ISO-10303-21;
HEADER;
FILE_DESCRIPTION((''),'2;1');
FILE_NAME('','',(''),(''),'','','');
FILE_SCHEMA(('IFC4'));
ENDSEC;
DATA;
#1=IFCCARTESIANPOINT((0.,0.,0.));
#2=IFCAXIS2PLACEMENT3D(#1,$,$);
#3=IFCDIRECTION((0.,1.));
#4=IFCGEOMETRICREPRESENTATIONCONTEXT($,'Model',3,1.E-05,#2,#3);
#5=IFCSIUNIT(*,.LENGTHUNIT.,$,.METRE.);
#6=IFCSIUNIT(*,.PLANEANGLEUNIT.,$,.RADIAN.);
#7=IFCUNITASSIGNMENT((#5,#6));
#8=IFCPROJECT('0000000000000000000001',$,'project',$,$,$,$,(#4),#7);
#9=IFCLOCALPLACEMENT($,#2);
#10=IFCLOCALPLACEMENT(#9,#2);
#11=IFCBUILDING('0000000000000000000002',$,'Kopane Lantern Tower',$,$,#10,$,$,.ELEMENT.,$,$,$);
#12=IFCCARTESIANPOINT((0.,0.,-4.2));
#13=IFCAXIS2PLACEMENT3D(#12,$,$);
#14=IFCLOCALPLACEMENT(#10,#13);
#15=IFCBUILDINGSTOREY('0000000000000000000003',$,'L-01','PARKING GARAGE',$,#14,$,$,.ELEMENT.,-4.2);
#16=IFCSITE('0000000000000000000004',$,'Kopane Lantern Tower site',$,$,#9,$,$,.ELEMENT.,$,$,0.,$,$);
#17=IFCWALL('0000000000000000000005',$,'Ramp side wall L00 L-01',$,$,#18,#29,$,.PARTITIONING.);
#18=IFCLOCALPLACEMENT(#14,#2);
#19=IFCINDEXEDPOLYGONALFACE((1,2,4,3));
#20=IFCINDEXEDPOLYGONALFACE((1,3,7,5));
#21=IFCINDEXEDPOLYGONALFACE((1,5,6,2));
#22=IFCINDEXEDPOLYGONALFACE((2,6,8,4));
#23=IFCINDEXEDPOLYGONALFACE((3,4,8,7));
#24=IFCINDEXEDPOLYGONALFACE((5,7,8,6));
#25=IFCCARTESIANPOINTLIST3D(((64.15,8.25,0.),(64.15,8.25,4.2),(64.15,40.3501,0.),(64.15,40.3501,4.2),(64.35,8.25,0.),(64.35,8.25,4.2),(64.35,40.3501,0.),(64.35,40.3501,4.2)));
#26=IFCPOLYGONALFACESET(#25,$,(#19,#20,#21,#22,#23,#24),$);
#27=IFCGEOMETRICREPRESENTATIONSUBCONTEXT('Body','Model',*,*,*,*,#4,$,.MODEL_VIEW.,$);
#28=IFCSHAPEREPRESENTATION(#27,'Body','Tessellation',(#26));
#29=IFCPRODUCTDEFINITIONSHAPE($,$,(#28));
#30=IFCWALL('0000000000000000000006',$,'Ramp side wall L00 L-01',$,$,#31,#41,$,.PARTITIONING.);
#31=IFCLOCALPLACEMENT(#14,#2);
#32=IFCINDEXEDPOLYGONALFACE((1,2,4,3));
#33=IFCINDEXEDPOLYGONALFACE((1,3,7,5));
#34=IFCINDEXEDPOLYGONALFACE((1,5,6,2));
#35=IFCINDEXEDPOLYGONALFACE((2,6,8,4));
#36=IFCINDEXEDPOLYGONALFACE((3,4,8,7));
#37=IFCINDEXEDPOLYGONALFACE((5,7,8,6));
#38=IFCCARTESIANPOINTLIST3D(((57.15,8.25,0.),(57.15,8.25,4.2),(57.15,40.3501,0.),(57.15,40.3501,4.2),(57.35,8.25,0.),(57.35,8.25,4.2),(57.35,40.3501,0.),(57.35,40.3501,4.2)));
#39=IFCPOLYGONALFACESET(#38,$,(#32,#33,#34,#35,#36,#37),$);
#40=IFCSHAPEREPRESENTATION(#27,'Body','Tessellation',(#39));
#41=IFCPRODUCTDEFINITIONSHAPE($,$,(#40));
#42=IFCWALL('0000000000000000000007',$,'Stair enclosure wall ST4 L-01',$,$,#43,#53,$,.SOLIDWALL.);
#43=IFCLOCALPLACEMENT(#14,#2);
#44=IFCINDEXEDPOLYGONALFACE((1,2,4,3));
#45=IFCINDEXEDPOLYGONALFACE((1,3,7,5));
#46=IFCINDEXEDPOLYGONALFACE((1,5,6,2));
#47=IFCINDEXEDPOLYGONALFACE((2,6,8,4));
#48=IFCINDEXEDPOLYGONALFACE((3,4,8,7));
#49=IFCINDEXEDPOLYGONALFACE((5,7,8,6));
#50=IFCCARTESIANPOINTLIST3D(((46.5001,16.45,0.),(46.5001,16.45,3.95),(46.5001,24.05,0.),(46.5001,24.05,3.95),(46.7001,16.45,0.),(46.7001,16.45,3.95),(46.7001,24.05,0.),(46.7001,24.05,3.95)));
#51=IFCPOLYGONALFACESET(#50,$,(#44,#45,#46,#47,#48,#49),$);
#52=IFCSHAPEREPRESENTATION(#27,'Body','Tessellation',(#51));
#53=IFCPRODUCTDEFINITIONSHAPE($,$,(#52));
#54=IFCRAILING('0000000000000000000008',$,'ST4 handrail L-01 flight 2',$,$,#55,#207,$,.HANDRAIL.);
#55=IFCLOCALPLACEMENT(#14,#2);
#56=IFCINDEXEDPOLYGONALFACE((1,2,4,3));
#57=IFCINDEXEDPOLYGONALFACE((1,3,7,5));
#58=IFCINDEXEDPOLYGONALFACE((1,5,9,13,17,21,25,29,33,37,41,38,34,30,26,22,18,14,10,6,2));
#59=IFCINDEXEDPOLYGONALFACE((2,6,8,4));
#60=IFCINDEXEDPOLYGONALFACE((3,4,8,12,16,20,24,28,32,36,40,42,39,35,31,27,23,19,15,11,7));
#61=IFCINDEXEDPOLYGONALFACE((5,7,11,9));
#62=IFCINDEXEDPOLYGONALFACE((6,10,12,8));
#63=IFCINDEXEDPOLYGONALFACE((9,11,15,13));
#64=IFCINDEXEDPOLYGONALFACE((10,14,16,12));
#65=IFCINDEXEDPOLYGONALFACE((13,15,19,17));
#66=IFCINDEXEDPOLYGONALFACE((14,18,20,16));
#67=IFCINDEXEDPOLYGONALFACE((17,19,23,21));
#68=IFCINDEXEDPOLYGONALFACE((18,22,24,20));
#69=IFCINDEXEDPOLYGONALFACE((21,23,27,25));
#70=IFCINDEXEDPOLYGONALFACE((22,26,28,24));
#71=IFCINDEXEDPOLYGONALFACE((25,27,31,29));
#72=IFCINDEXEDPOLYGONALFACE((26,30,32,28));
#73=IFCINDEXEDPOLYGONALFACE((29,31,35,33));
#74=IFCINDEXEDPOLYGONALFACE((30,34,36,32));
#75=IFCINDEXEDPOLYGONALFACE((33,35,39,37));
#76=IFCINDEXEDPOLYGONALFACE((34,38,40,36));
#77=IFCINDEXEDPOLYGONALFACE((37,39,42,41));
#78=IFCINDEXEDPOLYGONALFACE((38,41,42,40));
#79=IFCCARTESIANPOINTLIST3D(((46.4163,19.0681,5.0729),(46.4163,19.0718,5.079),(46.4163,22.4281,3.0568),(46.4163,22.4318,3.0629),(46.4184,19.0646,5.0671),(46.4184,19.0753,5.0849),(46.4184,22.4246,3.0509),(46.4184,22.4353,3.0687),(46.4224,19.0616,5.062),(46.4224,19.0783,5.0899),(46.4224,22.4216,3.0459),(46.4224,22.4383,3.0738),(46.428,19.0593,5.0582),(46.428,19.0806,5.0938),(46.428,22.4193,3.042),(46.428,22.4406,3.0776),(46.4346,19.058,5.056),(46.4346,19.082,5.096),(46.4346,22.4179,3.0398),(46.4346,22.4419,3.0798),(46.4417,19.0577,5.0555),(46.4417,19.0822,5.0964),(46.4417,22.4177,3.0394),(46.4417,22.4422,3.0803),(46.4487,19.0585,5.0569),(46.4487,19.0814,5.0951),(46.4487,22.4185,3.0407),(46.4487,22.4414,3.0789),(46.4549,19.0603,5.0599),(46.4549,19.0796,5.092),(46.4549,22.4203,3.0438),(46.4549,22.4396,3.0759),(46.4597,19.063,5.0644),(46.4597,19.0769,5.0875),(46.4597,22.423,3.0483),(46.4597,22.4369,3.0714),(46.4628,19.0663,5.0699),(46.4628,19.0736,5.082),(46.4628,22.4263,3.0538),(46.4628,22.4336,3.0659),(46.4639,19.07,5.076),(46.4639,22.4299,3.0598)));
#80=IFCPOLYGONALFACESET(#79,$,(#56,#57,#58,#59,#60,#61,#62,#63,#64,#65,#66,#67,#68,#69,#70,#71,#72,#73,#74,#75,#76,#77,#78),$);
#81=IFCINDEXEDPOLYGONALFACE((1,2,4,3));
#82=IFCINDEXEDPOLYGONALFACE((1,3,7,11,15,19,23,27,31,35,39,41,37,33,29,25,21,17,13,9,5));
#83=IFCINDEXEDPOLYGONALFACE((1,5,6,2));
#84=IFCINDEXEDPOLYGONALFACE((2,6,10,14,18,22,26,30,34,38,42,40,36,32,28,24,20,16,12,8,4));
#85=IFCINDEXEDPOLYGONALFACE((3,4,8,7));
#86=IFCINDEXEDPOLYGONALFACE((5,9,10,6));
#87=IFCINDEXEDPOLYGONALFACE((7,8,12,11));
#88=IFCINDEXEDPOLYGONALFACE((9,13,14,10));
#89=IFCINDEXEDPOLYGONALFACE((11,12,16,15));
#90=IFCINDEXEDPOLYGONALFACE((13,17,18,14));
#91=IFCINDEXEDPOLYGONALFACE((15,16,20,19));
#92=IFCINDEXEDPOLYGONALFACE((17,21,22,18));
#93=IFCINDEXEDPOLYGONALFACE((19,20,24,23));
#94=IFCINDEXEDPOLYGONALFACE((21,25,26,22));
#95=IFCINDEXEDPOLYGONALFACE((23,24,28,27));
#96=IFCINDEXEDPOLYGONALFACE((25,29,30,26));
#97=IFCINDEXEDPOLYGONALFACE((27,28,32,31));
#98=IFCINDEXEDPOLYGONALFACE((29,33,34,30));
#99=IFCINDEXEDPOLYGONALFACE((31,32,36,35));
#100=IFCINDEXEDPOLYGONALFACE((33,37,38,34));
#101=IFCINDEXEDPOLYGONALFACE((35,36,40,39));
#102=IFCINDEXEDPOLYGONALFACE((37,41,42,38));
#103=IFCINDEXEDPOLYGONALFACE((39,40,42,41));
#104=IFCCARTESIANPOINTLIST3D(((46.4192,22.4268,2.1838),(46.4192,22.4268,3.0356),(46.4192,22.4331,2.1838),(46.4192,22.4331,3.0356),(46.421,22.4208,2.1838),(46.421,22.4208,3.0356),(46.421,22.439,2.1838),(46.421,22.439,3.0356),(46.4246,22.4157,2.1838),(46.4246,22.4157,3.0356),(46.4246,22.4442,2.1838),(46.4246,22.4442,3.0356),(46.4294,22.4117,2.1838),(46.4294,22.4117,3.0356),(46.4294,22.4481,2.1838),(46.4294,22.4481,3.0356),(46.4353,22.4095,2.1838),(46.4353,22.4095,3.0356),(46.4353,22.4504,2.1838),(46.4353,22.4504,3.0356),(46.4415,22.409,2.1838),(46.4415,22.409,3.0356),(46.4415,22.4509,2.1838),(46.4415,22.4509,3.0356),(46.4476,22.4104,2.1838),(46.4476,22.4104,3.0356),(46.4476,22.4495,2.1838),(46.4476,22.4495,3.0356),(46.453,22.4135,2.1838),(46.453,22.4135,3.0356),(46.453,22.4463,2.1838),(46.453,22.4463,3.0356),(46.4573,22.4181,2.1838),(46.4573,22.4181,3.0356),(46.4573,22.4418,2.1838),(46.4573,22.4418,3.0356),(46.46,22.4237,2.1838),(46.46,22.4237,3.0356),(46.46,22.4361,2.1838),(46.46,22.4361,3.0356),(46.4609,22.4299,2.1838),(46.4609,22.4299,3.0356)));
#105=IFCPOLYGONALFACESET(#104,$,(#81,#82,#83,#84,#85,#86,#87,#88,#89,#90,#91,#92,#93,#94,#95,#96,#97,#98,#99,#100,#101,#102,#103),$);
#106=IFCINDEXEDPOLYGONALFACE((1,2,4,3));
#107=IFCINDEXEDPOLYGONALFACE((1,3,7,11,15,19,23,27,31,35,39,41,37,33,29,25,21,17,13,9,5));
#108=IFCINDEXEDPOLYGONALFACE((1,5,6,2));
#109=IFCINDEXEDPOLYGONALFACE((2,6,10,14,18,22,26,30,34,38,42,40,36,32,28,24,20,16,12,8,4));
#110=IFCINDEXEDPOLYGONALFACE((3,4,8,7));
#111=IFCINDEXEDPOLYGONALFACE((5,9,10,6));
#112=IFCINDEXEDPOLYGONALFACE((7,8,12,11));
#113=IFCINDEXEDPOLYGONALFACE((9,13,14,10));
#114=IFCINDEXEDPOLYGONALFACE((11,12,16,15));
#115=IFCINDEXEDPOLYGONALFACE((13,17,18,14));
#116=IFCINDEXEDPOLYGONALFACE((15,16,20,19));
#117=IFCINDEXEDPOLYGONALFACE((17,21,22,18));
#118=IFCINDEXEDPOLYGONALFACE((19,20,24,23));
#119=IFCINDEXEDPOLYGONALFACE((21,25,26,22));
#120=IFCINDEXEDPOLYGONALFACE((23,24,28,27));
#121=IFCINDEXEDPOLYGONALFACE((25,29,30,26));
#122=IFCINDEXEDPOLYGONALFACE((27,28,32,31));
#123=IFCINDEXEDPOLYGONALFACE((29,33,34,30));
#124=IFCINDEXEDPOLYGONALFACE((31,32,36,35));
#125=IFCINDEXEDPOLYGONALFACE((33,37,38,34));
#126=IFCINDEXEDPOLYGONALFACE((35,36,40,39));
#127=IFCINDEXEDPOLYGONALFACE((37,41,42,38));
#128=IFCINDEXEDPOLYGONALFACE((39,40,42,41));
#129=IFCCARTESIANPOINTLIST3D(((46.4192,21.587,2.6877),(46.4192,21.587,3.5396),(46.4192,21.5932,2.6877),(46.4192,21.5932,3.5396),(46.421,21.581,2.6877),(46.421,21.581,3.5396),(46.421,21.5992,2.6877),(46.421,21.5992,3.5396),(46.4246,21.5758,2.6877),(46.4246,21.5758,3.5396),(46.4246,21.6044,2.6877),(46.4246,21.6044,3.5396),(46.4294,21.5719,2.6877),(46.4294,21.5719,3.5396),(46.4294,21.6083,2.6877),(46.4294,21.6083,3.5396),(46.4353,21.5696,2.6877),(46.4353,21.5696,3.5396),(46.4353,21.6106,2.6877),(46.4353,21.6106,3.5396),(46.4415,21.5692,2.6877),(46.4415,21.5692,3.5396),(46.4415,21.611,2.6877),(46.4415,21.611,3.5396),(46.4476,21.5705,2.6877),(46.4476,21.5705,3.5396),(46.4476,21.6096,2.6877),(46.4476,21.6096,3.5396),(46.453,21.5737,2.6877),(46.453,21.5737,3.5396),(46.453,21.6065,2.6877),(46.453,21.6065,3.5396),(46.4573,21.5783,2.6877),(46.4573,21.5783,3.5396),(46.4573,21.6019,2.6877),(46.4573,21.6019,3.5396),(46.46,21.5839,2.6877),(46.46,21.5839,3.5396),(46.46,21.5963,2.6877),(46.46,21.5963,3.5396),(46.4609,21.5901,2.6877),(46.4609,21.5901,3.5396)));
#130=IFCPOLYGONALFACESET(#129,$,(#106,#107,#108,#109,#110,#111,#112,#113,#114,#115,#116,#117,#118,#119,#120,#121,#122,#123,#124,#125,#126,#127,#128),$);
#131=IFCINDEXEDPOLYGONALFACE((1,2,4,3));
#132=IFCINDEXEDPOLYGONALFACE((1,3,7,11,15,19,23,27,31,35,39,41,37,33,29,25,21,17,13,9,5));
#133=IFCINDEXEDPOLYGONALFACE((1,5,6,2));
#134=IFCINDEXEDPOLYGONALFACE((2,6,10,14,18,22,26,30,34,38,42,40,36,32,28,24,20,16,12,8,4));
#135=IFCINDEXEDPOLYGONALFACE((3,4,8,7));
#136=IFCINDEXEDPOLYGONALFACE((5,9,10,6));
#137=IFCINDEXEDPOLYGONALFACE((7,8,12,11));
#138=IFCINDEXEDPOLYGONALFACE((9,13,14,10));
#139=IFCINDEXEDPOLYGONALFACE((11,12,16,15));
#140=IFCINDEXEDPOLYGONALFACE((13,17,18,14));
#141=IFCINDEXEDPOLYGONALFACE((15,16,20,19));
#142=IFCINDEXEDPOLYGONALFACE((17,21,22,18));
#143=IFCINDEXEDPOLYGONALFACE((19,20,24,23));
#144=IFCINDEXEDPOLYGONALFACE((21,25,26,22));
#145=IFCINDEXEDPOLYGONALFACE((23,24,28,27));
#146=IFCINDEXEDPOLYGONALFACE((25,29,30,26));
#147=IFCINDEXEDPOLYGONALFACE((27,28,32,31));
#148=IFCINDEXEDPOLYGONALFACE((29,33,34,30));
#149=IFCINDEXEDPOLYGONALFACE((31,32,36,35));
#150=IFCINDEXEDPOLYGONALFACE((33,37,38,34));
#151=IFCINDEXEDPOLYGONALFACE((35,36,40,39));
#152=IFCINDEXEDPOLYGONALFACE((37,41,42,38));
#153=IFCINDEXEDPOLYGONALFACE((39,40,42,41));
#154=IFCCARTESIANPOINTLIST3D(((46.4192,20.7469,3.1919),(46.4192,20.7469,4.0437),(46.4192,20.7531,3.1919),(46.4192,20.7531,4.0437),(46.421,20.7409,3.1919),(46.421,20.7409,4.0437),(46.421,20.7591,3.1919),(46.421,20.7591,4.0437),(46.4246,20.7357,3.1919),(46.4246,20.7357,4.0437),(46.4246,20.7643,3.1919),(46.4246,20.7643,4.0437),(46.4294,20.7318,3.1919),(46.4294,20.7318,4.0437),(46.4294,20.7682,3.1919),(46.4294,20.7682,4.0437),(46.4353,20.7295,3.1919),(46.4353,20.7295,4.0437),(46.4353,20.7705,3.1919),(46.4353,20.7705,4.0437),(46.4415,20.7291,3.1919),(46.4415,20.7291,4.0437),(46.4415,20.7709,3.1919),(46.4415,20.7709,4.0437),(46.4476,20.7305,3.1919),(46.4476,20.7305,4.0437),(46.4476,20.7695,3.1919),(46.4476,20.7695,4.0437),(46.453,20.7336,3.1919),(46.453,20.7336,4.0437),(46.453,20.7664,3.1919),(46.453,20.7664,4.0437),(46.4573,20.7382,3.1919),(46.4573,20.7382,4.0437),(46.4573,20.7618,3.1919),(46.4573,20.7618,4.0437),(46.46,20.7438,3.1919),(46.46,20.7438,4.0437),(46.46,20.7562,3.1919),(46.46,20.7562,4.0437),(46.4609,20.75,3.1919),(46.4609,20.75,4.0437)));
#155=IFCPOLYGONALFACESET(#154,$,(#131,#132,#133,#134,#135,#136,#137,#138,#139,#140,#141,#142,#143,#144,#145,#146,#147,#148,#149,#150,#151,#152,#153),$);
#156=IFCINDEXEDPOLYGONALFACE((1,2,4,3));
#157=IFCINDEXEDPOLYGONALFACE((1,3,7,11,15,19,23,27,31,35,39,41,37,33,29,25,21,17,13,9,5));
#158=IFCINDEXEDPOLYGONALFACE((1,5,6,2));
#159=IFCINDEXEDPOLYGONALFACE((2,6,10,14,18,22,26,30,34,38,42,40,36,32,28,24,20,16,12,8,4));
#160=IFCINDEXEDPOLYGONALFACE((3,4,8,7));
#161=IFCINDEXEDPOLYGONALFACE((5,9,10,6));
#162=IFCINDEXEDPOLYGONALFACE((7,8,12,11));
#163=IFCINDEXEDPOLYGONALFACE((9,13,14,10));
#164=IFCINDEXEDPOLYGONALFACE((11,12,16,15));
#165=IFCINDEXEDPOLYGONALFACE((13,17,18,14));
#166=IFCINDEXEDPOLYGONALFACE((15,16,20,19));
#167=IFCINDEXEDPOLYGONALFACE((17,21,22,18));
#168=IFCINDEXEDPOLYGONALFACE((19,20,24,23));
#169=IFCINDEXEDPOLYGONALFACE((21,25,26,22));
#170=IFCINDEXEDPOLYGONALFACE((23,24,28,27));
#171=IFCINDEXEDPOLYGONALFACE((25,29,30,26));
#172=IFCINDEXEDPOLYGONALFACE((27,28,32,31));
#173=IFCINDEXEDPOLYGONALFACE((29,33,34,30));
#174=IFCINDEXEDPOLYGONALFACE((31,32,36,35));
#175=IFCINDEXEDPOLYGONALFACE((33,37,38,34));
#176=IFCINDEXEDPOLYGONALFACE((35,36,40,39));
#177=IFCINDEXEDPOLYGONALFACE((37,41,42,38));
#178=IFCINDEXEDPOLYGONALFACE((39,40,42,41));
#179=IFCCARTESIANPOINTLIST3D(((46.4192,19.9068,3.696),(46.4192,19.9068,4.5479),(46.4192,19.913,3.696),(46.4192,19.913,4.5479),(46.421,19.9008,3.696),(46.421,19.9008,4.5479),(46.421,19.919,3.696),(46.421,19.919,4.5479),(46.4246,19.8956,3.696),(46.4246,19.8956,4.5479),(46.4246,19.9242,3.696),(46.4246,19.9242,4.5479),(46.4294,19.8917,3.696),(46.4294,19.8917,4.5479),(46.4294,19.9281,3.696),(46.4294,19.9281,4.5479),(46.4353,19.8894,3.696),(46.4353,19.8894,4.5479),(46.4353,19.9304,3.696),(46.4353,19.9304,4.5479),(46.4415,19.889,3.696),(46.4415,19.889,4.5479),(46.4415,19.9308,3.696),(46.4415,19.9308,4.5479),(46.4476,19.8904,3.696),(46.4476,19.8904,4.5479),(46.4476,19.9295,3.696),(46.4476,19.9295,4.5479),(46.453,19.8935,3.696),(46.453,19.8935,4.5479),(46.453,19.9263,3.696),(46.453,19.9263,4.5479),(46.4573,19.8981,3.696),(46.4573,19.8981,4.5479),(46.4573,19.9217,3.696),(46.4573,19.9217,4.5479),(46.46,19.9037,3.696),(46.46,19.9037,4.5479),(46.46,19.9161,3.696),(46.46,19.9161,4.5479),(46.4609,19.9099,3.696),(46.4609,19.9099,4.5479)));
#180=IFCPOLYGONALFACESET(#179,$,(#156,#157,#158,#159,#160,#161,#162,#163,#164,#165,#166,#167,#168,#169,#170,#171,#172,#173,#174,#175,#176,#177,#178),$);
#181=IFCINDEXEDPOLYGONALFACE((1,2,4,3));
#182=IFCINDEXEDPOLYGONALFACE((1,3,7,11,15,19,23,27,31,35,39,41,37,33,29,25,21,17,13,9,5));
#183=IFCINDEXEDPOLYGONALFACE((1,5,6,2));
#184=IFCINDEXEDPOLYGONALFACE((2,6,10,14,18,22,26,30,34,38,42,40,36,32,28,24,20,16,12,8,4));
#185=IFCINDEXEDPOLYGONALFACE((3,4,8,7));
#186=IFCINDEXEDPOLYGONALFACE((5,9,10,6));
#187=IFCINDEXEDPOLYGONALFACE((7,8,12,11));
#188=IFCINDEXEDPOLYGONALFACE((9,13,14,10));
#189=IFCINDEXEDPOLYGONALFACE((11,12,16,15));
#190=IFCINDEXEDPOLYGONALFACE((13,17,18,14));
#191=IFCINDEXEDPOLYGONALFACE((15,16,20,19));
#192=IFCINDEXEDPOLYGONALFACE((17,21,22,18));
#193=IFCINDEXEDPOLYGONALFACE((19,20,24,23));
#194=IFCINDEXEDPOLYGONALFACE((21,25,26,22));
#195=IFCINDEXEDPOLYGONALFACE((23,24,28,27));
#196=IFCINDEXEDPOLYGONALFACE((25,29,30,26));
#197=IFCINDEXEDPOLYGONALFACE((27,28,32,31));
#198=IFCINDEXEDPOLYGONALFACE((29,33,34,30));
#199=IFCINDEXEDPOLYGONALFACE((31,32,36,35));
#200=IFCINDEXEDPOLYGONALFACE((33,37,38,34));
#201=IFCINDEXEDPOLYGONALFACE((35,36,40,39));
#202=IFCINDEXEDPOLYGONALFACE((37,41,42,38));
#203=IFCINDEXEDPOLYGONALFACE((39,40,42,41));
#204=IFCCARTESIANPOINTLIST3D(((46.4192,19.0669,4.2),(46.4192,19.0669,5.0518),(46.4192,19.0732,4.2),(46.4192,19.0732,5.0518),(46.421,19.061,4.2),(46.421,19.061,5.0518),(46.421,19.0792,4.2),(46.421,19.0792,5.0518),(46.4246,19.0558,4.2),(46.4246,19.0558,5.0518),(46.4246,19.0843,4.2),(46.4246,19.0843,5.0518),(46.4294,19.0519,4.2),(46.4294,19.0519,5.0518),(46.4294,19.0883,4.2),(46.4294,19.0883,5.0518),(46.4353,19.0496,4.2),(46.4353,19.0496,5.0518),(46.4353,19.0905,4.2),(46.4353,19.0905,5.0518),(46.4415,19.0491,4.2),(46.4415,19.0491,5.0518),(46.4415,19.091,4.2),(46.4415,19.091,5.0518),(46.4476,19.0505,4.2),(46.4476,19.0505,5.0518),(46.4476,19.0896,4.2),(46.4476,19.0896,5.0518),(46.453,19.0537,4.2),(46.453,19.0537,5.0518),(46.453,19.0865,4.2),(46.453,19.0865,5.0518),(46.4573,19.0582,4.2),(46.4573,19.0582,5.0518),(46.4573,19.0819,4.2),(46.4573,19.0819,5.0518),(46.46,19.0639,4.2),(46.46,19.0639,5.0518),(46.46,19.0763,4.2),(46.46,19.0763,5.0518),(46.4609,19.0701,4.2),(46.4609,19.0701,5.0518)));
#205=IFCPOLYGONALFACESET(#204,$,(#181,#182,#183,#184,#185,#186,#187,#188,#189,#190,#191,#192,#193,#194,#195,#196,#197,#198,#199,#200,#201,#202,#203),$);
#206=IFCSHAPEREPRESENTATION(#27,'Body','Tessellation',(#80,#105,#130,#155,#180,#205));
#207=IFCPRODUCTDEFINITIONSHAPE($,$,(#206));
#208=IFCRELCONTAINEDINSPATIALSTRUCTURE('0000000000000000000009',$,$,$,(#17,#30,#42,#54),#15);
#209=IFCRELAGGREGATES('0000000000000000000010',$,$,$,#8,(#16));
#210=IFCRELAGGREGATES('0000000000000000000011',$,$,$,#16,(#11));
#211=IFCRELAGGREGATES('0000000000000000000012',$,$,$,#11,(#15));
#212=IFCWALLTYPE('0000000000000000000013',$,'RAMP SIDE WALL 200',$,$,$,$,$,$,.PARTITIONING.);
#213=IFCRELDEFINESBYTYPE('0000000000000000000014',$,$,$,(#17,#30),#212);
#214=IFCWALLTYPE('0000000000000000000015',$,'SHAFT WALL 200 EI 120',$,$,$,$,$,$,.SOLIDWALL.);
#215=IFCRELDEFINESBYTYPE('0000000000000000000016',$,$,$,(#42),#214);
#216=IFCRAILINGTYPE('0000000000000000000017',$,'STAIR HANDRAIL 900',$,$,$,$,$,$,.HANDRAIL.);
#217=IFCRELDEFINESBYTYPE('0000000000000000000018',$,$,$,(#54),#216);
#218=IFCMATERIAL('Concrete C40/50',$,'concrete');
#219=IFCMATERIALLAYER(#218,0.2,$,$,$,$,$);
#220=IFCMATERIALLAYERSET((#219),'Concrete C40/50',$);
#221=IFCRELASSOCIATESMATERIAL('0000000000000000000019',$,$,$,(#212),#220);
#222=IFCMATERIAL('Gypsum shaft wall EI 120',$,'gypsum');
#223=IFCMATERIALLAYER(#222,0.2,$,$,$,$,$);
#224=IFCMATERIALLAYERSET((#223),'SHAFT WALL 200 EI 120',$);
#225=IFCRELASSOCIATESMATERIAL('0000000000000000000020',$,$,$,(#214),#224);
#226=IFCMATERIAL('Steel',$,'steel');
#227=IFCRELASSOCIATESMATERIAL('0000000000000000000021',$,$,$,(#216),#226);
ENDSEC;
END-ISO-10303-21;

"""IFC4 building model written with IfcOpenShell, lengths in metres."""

from ifc_helpers import new_model, si_unit, direction, frame, frame_2d, origin, origin_2d, place, context, subcontext, project, spatial, rectangle, circle, extrude, material, layer, layer_set, type_object, element, save


model = new_model("IFC4")

# Units and contexts
model_context = context("Model", 3, precision=1e-05, world=origin(), true_north=direction((0.0, 1.0)))
body_context = subcontext(model_context, "Body", "Model", "MODEL_VIEW")
ifc_project = project(units=[si_unit("LENGTHUNIT", "METRE"), si_unit("PLANEANGLEUNIT", "RADIAN")], contexts=[model_context])

# Site, building, storey
site_placement = place(None, origin())
site = spatial("IfcSite", under=ifc_project, at=site_placement, Name="Kopane Lantern Tower site", CompositionType="ELEMENT", RefElevation=0.0)
building_placement = place(site_placement, origin())
building = spatial("IfcBuilding", under=site, at=building_placement, Name="Kopane Lantern Tower", CompositionType="ELEMENT")
storey_placement = place(building_placement, frame((0.0, 0.0, -4.2)))
storey = spatial("IfcBuildingStorey", under=building, at=storey_placement, Name="L-01", Description="PARKING GARAGE", CompositionType="ELEMENT", Elevation=-4.2)

# Walls
ifc_material_1 = material(Name="Concrete C40/50", Category="concrete")
ifc_layer_1 = layer(ifc_material_1, 0.2)
ifc_layer_set_1 = layer_set([ifc_layer_1], Name="Concrete C40/50")
wall_type_1 = type_object("IfcWallType", Name="RAMP SIDE WALL 200", PredefinedType="PARTITIONING", material=ifc_layer_set_1)
for number, where, z_axis, x_axis, name in (
    (1, (64.25, 8.25, 0.0), (0.0, 0.0, 1.0), (0.0, 1.0, 0.0), "Ramp side wall L00 L-01"),
    (2, (57.25, 8.25, 0.0), (0.0, 0.0, 1.0), (0.0, 1.0, 0.0), "Ramp side wall L00 L-01"),
):
    element("IfcWall", number, at=place(storey_placement, frame(where, z_axis=z_axis, x_axis=x_axis)), inside=storey, type_object=wall_type_1, Name=name, PredefinedType="PARTITIONING", context=body_context, shape_type="SweptSolid", body=[
        extrude(rectangle(XDim=32.1001, YDim=0.2, at=frame_2d((16.05, 0.0))), origin(), (0.0, 0.0, 1.0), 4.2),
    ])
ifc_material_2 = material(Name="Gypsum shaft wall EI 120", Category="gypsum")
ifc_layer_2 = layer(ifc_material_2, 0.2)
ifc_layer_set_2 = layer_set([ifc_layer_2], Name="SHAFT WALL 200 EI 120")
wall_type_2 = type_object("IfcWallType", Name="SHAFT WALL 200 EI 120", PredefinedType="SOLIDWALL", material=ifc_layer_set_2)
wall_placement = place(storey_placement, frame((46.6001, 16.45, 0.0), z_axis=(0.0, 0.0, 1.0), x_axis=(0.0, 1.0, 0.0)))
element("IfcWall", 3, at=wall_placement, inside=storey, type_object=wall_type_2, Name="Stair enclosure wall ST4 L-01", PredefinedType="SOLIDWALL", context=body_context, shape_type="SweptSolid", body=[
    extrude(rectangle(XDim=7.6001, YDim=0.2, at=frame_2d((3.8, 0.0))), origin(), (0.0, 0.0, 1.0), 3.95),
])

# Railing
ifc_material_3 = material(Name="Steel", Category="steel")
railing_type_1 = type_object("IfcRailingType", Name="STAIR HANDRAIL 900", PredefinedType="HANDRAIL", material=ifc_material_3)
for number, where, name in (
    (4, (46.4399, 22.4299, 2.1838), "ST4 handrail L-01 flight 2"),
):
    element("IfcRailing", number, at=place(storey_placement, frame(where)), inside=storey, type_object=railing_type_1, Name=name, PredefinedType="HANDRAIL", context=body_context, shape_type="SweptSolid", body=[
        extrude(circle(Radius=0.0239, at=origin_2d()), frame((0.0, 0.0, 0.876), z_axis=(0.0, -0.857471, 0.514532), x_axis=(1.0, 0.0, 0.0)), (0.0, 0.0, 1.0), 3.9185),
        extrude(circle(Radius=0.021, at=origin_2d()), origin(), (0.0, 0.0, 1.0), 0.8518),
        extrude(circle(Radius=0.021, at=origin_2d()), frame((0.0, -0.8398, 0.5039)), (0.0, 0.0, 1.0), 0.8518),
        extrude(circle(Radius=0.021, at=origin_2d()), frame((0.0, -1.6799, 1.0081)), (0.0, 0.0, 1.0), 0.8518),
        extrude(circle(Radius=0.021, at=origin_2d()), frame((0.0, -2.52, 1.5122)), (0.0, 0.0, 1.0), 0.8518),
        extrude(circle(Radius=0.021, at=origin_2d()), frame((0.0, -3.3599, 2.0161)), (0.0, 0.0, 1.0), 0.8518),
    ])

save(model, "model.ifc")
